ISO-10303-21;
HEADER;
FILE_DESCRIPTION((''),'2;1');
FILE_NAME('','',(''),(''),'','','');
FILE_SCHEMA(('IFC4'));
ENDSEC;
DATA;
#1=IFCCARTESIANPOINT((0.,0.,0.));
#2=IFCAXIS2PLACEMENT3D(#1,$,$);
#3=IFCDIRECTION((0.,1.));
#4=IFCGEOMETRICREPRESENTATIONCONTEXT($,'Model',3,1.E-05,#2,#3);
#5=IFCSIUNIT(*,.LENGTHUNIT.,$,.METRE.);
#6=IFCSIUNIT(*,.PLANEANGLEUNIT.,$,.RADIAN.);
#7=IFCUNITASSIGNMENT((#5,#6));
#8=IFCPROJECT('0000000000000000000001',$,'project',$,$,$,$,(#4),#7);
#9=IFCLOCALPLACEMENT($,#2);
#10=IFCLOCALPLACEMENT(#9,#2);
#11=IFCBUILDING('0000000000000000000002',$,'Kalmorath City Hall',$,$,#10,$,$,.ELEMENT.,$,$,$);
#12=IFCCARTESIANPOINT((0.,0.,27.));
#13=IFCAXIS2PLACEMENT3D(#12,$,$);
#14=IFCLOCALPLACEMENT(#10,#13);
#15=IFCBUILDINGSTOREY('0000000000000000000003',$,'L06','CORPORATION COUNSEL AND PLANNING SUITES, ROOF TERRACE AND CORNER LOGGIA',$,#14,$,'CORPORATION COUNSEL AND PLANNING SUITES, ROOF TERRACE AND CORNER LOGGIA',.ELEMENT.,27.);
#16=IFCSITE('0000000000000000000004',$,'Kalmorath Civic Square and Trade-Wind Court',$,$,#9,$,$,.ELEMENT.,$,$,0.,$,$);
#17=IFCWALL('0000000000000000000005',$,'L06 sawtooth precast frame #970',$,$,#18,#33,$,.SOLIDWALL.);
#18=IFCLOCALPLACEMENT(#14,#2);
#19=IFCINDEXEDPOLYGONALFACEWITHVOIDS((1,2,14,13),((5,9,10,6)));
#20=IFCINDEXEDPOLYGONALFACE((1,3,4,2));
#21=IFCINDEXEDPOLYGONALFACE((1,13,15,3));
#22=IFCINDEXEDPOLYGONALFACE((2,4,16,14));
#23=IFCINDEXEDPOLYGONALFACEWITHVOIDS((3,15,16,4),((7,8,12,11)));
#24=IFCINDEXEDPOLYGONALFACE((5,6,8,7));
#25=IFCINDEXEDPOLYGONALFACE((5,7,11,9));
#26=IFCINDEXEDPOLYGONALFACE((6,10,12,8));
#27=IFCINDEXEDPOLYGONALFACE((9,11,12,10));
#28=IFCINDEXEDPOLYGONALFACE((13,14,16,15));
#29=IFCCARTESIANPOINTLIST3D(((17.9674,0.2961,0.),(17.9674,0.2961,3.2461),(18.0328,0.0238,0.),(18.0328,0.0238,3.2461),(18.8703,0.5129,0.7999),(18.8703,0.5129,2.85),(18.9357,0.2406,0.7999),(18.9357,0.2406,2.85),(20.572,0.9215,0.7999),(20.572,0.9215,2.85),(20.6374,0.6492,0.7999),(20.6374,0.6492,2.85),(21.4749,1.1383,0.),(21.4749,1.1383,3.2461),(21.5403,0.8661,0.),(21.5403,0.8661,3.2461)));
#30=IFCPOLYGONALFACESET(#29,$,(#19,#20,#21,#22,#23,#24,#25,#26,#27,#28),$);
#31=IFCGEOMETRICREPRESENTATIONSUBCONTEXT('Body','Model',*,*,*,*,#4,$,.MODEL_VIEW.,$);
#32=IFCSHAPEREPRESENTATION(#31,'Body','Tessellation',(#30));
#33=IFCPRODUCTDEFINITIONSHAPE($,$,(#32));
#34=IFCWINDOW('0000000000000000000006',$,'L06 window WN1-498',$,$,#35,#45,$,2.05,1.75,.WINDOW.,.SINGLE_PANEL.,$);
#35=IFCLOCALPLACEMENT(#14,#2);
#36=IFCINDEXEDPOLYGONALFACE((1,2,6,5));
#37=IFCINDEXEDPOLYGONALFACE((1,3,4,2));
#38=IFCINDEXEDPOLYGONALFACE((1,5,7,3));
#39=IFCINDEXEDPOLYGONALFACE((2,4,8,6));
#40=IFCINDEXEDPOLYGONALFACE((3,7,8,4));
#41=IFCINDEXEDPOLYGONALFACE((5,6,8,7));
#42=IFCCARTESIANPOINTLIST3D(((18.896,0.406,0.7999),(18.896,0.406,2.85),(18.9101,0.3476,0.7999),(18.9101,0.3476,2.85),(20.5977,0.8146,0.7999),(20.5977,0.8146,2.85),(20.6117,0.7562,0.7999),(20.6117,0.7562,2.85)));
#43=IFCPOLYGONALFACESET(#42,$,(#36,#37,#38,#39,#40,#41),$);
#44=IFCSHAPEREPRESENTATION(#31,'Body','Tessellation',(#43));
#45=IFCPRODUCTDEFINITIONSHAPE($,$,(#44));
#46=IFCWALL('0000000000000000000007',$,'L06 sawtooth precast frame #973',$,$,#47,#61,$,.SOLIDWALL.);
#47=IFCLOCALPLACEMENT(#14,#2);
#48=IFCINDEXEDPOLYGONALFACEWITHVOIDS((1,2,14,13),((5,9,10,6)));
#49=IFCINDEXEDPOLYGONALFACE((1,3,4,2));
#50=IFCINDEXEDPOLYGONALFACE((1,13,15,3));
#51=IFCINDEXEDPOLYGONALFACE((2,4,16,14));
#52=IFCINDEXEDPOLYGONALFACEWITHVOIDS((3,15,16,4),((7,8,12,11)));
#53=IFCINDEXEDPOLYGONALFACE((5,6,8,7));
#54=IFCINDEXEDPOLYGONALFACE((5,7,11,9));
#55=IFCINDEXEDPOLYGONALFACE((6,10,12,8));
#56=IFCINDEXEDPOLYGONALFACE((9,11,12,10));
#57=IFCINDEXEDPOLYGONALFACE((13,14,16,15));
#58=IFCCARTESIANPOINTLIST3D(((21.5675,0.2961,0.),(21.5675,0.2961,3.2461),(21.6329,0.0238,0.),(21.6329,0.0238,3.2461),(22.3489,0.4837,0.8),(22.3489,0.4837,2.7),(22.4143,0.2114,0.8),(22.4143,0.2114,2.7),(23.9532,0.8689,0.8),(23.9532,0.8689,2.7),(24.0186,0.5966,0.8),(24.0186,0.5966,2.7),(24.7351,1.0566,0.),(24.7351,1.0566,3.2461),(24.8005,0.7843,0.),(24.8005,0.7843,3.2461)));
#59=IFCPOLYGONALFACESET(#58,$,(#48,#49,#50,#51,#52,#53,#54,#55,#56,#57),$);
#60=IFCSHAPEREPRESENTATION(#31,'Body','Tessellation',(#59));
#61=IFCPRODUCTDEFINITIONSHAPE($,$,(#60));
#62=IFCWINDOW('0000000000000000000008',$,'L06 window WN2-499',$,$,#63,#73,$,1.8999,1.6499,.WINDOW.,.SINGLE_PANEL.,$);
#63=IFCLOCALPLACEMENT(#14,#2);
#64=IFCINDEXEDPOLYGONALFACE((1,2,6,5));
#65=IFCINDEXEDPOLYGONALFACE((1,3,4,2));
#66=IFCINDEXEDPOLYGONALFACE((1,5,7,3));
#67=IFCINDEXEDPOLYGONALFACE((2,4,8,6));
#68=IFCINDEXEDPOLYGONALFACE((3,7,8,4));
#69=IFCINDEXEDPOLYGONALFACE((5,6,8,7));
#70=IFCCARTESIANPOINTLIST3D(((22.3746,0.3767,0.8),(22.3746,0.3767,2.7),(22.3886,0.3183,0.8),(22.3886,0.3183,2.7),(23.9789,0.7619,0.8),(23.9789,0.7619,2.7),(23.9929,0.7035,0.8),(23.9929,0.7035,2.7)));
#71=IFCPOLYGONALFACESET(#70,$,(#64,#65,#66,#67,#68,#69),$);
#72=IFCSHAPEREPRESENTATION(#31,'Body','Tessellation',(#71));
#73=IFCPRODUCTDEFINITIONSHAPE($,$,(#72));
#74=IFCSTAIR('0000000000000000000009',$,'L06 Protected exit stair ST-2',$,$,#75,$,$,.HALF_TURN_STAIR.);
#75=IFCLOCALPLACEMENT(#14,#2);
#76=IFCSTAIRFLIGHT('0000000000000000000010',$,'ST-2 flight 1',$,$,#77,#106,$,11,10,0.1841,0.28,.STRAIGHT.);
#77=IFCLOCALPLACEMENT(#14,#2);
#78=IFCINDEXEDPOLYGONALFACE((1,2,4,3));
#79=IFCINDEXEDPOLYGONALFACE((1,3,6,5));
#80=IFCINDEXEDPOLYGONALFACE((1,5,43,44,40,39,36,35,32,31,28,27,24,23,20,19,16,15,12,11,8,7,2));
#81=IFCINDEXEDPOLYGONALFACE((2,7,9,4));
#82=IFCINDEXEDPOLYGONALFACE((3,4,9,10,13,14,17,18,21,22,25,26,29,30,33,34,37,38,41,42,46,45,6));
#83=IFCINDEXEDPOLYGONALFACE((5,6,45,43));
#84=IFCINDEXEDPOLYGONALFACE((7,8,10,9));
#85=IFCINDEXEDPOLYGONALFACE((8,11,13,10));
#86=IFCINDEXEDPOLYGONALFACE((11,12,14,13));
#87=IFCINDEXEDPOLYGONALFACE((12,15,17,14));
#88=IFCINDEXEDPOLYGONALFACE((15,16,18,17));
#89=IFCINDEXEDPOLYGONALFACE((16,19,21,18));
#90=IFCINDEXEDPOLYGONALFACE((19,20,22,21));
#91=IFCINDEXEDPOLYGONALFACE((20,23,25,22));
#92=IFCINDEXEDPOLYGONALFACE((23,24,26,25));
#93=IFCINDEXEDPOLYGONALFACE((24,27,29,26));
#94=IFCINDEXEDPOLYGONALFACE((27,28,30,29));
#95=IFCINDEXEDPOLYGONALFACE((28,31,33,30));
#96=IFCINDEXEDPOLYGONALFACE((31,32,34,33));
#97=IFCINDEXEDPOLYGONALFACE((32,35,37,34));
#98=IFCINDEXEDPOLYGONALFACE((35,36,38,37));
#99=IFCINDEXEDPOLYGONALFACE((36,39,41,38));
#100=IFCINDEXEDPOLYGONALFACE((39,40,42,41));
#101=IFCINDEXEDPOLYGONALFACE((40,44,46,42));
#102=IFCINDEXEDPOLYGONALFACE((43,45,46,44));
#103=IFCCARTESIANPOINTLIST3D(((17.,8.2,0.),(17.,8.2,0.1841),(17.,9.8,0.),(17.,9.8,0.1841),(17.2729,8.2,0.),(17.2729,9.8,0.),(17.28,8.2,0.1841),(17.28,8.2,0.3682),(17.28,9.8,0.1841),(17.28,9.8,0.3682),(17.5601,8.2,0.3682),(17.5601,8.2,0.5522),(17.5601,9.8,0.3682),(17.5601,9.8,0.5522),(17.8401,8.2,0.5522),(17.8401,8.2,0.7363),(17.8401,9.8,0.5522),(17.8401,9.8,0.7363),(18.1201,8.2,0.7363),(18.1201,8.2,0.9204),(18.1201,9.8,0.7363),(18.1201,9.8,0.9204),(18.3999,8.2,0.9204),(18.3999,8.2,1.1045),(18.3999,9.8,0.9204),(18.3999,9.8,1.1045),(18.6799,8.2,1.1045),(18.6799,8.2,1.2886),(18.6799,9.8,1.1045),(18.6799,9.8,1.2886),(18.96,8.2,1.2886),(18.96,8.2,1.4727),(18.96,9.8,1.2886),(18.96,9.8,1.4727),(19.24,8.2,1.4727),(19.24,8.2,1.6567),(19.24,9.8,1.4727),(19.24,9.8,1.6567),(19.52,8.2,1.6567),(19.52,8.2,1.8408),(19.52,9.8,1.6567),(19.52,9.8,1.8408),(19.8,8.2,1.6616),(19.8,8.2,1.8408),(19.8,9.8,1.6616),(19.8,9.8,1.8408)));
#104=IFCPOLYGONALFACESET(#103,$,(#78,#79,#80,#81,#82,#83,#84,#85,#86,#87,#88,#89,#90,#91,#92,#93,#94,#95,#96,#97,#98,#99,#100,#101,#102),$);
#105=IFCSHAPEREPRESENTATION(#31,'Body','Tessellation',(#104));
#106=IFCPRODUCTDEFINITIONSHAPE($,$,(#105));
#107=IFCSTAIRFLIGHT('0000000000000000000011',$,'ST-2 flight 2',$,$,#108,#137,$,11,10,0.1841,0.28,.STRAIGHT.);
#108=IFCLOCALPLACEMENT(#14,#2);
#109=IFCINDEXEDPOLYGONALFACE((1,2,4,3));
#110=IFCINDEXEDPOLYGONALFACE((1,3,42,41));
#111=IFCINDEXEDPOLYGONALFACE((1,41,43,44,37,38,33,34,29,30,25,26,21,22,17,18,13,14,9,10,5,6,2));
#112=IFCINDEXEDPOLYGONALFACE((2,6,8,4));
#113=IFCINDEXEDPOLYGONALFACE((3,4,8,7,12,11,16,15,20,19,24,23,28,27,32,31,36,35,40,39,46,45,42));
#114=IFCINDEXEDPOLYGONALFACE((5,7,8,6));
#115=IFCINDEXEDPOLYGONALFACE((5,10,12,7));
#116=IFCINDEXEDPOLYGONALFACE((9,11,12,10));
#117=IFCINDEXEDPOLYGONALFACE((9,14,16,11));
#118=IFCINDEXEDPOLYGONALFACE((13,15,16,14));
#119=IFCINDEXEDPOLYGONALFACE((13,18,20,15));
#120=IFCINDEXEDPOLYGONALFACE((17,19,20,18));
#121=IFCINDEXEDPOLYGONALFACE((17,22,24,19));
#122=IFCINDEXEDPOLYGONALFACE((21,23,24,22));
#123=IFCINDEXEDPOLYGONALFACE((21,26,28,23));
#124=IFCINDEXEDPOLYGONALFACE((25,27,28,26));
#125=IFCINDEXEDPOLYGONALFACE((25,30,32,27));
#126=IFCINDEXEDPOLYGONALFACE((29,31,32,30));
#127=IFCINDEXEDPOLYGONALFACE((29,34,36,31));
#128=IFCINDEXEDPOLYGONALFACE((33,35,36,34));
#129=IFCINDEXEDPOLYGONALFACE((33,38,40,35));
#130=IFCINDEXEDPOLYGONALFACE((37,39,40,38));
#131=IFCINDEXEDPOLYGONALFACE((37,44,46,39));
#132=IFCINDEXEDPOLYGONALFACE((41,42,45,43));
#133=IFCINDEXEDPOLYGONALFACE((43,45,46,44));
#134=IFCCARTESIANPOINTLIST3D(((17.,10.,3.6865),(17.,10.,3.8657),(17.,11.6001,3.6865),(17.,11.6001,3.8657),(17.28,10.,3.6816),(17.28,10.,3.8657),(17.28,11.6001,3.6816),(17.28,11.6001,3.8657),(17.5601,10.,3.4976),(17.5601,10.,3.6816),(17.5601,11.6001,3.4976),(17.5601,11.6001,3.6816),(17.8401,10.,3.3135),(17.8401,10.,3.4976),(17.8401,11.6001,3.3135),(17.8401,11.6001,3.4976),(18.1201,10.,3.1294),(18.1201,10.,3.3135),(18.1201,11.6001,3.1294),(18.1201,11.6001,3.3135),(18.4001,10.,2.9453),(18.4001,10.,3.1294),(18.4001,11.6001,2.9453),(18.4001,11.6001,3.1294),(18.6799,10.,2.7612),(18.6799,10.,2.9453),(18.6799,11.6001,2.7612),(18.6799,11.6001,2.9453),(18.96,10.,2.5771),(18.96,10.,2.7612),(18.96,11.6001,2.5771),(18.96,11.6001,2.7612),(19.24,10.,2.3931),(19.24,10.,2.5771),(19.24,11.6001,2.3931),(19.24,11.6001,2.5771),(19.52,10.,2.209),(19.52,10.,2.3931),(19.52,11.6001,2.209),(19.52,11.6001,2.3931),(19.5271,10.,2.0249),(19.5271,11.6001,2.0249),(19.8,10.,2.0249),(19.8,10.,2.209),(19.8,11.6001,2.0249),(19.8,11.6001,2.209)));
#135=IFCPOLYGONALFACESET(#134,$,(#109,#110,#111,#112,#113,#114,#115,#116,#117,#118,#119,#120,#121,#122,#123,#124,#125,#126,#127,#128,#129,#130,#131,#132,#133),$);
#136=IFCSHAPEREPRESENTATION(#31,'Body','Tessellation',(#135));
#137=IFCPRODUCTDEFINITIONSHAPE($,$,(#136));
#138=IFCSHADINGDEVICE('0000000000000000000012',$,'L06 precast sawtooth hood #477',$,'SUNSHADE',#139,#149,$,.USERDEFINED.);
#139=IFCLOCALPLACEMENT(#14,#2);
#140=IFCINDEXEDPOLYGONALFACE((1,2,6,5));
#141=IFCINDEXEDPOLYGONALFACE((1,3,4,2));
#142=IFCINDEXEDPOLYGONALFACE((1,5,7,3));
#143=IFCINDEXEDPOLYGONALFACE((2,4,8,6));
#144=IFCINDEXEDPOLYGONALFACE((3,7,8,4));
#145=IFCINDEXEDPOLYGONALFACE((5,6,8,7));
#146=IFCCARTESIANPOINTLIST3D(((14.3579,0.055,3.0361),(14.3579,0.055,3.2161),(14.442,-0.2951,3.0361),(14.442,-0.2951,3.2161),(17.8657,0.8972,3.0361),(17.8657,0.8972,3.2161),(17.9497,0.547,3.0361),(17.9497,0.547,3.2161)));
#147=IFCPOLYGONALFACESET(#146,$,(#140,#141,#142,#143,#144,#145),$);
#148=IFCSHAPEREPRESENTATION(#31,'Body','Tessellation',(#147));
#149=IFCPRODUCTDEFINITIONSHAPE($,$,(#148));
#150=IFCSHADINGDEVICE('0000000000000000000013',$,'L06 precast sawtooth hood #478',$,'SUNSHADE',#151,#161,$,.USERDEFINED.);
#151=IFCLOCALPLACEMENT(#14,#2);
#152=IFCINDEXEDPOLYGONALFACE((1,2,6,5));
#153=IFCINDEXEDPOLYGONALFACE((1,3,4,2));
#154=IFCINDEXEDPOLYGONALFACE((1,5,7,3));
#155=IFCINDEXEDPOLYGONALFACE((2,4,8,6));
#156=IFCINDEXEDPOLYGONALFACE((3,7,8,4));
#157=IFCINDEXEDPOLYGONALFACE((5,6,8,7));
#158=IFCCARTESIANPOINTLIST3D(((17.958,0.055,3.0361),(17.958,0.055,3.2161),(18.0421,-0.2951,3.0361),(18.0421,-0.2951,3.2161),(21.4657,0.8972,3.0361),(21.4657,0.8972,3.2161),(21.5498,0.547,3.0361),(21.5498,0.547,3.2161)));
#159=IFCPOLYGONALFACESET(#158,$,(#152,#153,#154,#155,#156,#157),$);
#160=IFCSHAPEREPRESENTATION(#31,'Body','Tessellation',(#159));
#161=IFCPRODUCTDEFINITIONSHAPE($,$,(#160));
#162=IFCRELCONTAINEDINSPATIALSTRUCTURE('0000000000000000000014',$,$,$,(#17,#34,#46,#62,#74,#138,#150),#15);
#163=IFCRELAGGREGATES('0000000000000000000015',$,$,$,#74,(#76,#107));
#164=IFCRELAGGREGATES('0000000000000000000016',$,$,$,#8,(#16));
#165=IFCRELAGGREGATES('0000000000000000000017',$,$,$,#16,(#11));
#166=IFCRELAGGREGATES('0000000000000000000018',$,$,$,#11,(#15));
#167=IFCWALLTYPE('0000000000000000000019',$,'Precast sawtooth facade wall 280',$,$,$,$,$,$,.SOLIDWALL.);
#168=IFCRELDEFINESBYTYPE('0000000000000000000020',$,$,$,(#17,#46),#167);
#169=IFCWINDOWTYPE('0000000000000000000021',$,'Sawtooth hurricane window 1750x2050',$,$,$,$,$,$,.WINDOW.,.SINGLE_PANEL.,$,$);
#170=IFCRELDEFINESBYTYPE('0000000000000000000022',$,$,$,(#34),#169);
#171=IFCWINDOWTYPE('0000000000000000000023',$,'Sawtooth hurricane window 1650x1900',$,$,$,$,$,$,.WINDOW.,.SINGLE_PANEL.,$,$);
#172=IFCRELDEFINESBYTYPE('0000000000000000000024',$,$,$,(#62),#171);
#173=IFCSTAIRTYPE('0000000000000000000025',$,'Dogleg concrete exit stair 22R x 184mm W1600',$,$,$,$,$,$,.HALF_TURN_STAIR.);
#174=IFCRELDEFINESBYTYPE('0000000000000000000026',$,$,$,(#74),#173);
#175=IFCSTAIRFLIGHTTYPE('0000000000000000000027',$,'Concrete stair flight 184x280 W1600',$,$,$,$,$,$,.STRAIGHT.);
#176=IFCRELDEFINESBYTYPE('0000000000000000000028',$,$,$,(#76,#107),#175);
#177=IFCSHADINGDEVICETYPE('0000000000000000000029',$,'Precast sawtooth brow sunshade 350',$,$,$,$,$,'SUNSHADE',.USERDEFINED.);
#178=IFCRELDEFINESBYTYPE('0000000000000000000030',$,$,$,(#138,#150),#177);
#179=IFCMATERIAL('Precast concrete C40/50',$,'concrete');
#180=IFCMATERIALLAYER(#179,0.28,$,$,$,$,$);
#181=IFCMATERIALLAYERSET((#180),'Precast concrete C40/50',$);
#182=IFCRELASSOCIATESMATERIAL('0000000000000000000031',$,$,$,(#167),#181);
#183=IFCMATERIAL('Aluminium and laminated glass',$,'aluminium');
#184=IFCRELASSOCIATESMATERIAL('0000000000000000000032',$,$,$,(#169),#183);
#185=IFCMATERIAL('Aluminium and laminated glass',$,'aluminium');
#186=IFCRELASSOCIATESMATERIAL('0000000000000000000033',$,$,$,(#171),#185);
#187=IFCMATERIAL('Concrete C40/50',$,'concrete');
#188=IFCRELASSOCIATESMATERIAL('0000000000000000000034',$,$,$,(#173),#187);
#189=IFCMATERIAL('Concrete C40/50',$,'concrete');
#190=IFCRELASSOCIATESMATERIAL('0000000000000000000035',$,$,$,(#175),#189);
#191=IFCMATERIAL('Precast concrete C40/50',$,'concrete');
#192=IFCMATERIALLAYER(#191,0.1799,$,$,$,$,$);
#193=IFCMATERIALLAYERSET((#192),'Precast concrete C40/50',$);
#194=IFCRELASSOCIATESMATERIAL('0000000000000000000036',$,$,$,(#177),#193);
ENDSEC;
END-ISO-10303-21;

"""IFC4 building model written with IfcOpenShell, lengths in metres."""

from ifc_helpers import new_model, si_unit, direction, frame, frame_2d, origin, origin_2d, place, context, subcontext, project, spatial, polyline, rectangle, outline, extrude, material, layer, layer_set, type_object, element, fill, aggregate, save


model = new_model("IFC4")

# Units and contexts
model_context = context("Model", 3, precision=1e-05, world=origin(), true_north=direction((0.0, 1.0)))
body_context = subcontext(model_context, "Body", "Model", "MODEL_VIEW")
ifc_project = project(units=[si_unit("LENGTHUNIT", "METRE"), si_unit("PLANEANGLEUNIT", "RADIAN")], contexts=[model_context])

# Site, building, storey
site_placement = place(None, origin())
site = spatial("IfcSite", under=ifc_project, at=site_placement, Name="Kalmorath Civic Square and Trade-Wind Court", CompositionType="ELEMENT", RefElevation=0.0)
building_placement = place(site_placement, origin())
building = spatial("IfcBuilding", under=site, at=building_placement, Name="Kalmorath City Hall", CompositionType="ELEMENT")
storey_placement = place(building_placement, frame((0.0, 0.0, 27.0)))
storey = spatial("IfcBuildingStorey", under=building, at=storey_placement, Name="L06", Description="CORPORATION COUNSEL AND PLANNING SUITES, ROOF TERRACE AND CORNER LOGGIA", LongName="CORPORATION COUNSEL AND PLANNING SUITES, ROOF TERRACE AND CORNER LOGGIA", CompositionType="ELEMENT", Elevation=27.0)

# Walls, openings, windows
ifc_material_1 = material(Name="Precast concrete C40/50", Category="concrete")
ifc_layer_1 = layer(ifc_material_1, 0.28)
ifc_layer_set_1 = layer_set([ifc_layer_1], Name="Precast concrete C40/50")
wall_type_1 = type_object("IfcWallType", Name="Precast sawtooth facade wall 280", PredefinedType="SOLIDWALL", material=ifc_layer_set_1)
ifc_material_2 = material(Name="Aluminium and laminated glass", Category="aluminium")
window_type_1 = type_object("IfcWindowType", Name="Sawtooth hurricane window 1750x2050", PartitioningType="SINGLE_PANEL", PredefinedType="WINDOW", material=ifc_material_2)
wall_1_placement = place(storey_placement, frame((18.0, 0.1599, 0.0), z_axis=(0.0, 0.0, 1.0), x_axis=(0.972358, 0.233496, 0.0)))
wall_1 = element("IfcWall", 1, at=wall_1_placement, inside=storey, type_object=wall_type_1, Name="L06 sawtooth precast frame #970", PredefinedType="SOLIDWALL", context=body_context, shape_type="SweptSolid", body=[
    extrude(rectangle(XDim=3.6072, YDim=0.28, at=frame_2d((1.8037, 0.0))), origin(), (0.0, 0.0, 1.0), 3.2461),
])
opening_1_placement = place(wall_1_placement, frame((0.9287, 0.0, 0.8)))
opening_1 = element("IfcOpeningElement", 2, at=opening_1_placement, cuts=wall_1, PredefinedType="OPENING", context=body_context, shape_type="SweptSolid", body=[
    extrude(rectangle(XDim=1.75, YDim=2.05, at=frame_2d((0.875, 1.0249))), frame((0.0, 0.1499, 0.0), z_axis=(0.0, -1.0, 0.0), x_axis=(1.0, 0.0, 0.0)), (0.0, 0.0, 1.0), 0.3),
])
window_1_placement = place(opening_1_placement, origin())
window_1 = element("IfcWindow", 3, at=window_1_placement, inside=storey, type_object=window_type_1, Name="L06 window WN1-498", OverallHeight=2.05, OverallWidth=1.75, PartitioningType="SINGLE_PANEL", PredefinedType="WINDOW", context=body_context, shape_type="SweptSolid", body=[
    extrude(rectangle(XDim=1.75, YDim=2.05, at=frame_2d((0.875, 1.0249))), frame((0.0, 0.03, 0.0), z_axis=(0.0, -1.0, 0.0), x_axis=(1.0, 0.0, 0.0)), (0.0, 0.0, 1.0), 0.0601),
])
fill(opening_1, window_1)
wall_2_placement = place(storey_placement, frame((21.6001, 0.1599, 0.0), z_axis=(0.0, 0.0, 1.0), x_axis=(0.972366, 0.233461, 0.0)))
wall_2 = element("IfcWall", 4, at=wall_2_placement, inside=storey, type_object=wall_type_1, Name="L06 sawtooth precast frame #973", PredefinedType="SOLIDWALL", context=body_context, shape_type="SweptSolid", body=[
    extrude(rectangle(XDim=3.2576, YDim=0.28, at=frame_2d((1.6289, 0.0))), origin(), (0.0, 0.0, 1.0), 3.2461),
])
opening_2_placement = place(wall_2_placement, frame((0.8037, 0.0, 0.8)))
opening_2 = element("IfcOpeningElement", 5, at=opening_2_placement, cuts=wall_2, PredefinedType="OPENING", context=body_context, shape_type="SweptSolid", body=[
    extrude(rectangle(XDim=1.6499, YDim=1.8999, at=frame_2d((0.825, 0.95))), frame((0.0, 0.1499, 0.0), z_axis=(0.0, -1.0, 0.0), x_axis=(1.0, 0.0, 0.0)), (0.0, 0.0, 1.0), 0.3),
])
ifc_material_3 = material(Name="Aluminium and laminated glass", Category="aluminium")
window_type_2 = type_object("IfcWindowType", Name="Sawtooth hurricane window 1650x1900", PartitioningType="SINGLE_PANEL", PredefinedType="WINDOW", material=ifc_material_3)
window_2_placement = place(opening_2_placement, origin())
window_2 = element("IfcWindow", 6, at=window_2_placement, inside=storey, type_object=window_type_2, Name="L06 window WN2-499", OverallHeight=1.8999, OverallWidth=1.6499, PartitioningType="SINGLE_PANEL", PredefinedType="WINDOW", context=body_context, shape_type="SweptSolid", body=[
    extrude(rectangle(XDim=1.6499, YDim=1.8999, at=frame_2d((0.825, 0.95))), frame((0.0, 0.03, 0.0), z_axis=(0.0, -1.0, 0.0), x_axis=(1.0, 0.0, 0.0)), (0.0, 0.0, 1.0), 0.0601),
])
fill(opening_2, window_2)

# Stair, stair flights
ifc_material_4 = material(Name="Concrete C40/50", Category="concrete")
stair_type = type_object("IfcStairType", Name="Dogleg concrete exit stair 22R x 184mm W1600", PredefinedType="HALF_TURN_STAIR", material=ifc_material_4)
stair_placement = place(storey_placement, origin())
stair = element("IfcStair", 7, at=stair_placement, inside=storey, type_object=stair_type, Name="L06 Protected exit stair ST-2", PredefinedType="HALF_TURN_STAIR")
ifc_material_5 = material(Name="Concrete C40/50", Category="concrete")
stair_flight_type = type_object("IfcStairFlightType", Name="Concrete stair flight 184x280 W1600", PredefinedType="STRAIGHT", material=ifc_material_5)
stair_flight_1_placement = place(storey_placement, frame((17.0, 9.0, 0.0), z_axis=(0.0, 0.0, 1.0), x_axis=(1.0, 0.0, 0.0)))
stair_flight_1 = element("IfcStairFlight", 8, at=stair_flight_1_placement, type_object=stair_flight_type, Name="ST-2 flight 1", NumberOfRisers=11, NumberOfTreads=10, PredefinedType="STRAIGHT", RiserHeight=0.1841, TreadLength=0.28, context=body_context, shape_type="SweptSolid", body=[
    extrude(outline(polyline([(0.0, 0.0), (0.0, 0.1841), (0.28, 0.1841), (0.28, 0.3682), (0.5601, 0.3682), (0.5601, 0.5522), (0.8401, 0.5522), (0.8401, 0.7363), (1.1201, 0.7363), (1.1201, 0.9204), (1.3999, 0.9204), (1.3999, 1.1045), (1.6799, 1.1045), (1.6799, 1.2886), (1.96, 1.2886), (1.96, 1.4727), (2.24, 1.4727), (2.24, 1.6567), (2.52, 1.6567), (2.52, 1.8408), (2.8, 1.8408), (2.8, 2.0249), (2.8, 1.6616), (0.2729, 0.0), (0.0, 0.0)])), frame((0.0, 0.8, 0.0), z_axis=(0.0, -1.0, 0.0), x_axis=(1.0, 0.0, 0.0)), (0.0, 0.0, 1.0), 1.6001),
])
stair_flight_2_placement = place(storey_placement, frame((19.8, 10.8, 2.0249), z_axis=(0.0, 0.0, 1.0), x_axis=(-1.0, 0.0, 0.0)))
stair_flight_2 = element("IfcStairFlight", 9, at=stair_flight_2_placement, type_object=stair_flight_type, Name="ST-2 flight 2", NumberOfRisers=11, NumberOfTreads=10, PredefinedType="STRAIGHT", RiserHeight=0.1841, TreadLength=0.28, context=body_context, shape_type="SweptSolid", body=[
    extrude(outline(polyline([(0.0, 0.0), (0.0, 0.1841), (0.28, 0.1841), (0.28, 0.3682), (0.5601, 0.3682), (0.5601, 0.5522), (0.8401, 0.5522), (0.8401, 0.7363), (1.1201, 0.7363), (1.1201, 0.9204), (1.3999, 0.9204), (1.3999, 1.1045), (1.6799, 1.1045), (1.6799, 1.2886), (1.96, 1.2886), (1.96, 1.4727), (2.24, 1.4727), (2.24, 1.6567), (2.52, 1.6567), (2.52, 1.8408), (2.8, 1.8408), (2.8, 2.0249), (2.8, 1.6616), (0.2729, 0.0), (0.0, 0.0)])), frame((0.0, 0.8, 0.0), z_axis=(0.0, -1.0, 0.0), x_axis=(1.0, 0.0, 0.0)), (0.0, 0.0, 1.0), 1.6001),
])
aggregate(stair, [stair_flight_1, stair_flight_2])

# Shading devices
ifc_material_6 = material(Name="Precast concrete C40/50", Category="concrete")
ifc_layer_2 = layer(ifc_material_6, 0.1799)
ifc_layer_set_2 = layer_set([ifc_layer_2], Name="Precast concrete C40/50")
shading_device_type = type_object("IfcShadingDeviceType", Name="Precast sawtooth brow sunshade 350", ElementType="SUNSHADE", PredefinedType="USERDEFINED", material=ifc_layer_set_2)
for number, where, z_axis, x_axis, name in (
    (10, (16.1538, 0.301, 3.0361), (0.0, 0.0, 1.0), (0.97237, 0.233445, 0.0), "L06 precast sawtooth hood #477"),
    (11, (19.7539, 0.301, 3.0361), (0.0, 0.0, 1.0), (0.97237, 0.233445, 0.0), "L06 precast sawtooth hood #478"),
):
    element("IfcShadingDevice", number, at=place(storey_placement, frame(where, z_axis=z_axis, x_axis=x_axis)), inside=storey, type_object=shading_device_type, Name=name, ObjectType="SUNSHADE", PredefinedType="USERDEFINED", context=body_context, shape_type="SweptSolid", body=[
        extrude(rectangle(XDim=3.6074, YDim=0.3601, at=origin_2d()), origin(), (0.0, 0.0, 1.0), 0.1799),
    ])

save(model, "model.ifc")
